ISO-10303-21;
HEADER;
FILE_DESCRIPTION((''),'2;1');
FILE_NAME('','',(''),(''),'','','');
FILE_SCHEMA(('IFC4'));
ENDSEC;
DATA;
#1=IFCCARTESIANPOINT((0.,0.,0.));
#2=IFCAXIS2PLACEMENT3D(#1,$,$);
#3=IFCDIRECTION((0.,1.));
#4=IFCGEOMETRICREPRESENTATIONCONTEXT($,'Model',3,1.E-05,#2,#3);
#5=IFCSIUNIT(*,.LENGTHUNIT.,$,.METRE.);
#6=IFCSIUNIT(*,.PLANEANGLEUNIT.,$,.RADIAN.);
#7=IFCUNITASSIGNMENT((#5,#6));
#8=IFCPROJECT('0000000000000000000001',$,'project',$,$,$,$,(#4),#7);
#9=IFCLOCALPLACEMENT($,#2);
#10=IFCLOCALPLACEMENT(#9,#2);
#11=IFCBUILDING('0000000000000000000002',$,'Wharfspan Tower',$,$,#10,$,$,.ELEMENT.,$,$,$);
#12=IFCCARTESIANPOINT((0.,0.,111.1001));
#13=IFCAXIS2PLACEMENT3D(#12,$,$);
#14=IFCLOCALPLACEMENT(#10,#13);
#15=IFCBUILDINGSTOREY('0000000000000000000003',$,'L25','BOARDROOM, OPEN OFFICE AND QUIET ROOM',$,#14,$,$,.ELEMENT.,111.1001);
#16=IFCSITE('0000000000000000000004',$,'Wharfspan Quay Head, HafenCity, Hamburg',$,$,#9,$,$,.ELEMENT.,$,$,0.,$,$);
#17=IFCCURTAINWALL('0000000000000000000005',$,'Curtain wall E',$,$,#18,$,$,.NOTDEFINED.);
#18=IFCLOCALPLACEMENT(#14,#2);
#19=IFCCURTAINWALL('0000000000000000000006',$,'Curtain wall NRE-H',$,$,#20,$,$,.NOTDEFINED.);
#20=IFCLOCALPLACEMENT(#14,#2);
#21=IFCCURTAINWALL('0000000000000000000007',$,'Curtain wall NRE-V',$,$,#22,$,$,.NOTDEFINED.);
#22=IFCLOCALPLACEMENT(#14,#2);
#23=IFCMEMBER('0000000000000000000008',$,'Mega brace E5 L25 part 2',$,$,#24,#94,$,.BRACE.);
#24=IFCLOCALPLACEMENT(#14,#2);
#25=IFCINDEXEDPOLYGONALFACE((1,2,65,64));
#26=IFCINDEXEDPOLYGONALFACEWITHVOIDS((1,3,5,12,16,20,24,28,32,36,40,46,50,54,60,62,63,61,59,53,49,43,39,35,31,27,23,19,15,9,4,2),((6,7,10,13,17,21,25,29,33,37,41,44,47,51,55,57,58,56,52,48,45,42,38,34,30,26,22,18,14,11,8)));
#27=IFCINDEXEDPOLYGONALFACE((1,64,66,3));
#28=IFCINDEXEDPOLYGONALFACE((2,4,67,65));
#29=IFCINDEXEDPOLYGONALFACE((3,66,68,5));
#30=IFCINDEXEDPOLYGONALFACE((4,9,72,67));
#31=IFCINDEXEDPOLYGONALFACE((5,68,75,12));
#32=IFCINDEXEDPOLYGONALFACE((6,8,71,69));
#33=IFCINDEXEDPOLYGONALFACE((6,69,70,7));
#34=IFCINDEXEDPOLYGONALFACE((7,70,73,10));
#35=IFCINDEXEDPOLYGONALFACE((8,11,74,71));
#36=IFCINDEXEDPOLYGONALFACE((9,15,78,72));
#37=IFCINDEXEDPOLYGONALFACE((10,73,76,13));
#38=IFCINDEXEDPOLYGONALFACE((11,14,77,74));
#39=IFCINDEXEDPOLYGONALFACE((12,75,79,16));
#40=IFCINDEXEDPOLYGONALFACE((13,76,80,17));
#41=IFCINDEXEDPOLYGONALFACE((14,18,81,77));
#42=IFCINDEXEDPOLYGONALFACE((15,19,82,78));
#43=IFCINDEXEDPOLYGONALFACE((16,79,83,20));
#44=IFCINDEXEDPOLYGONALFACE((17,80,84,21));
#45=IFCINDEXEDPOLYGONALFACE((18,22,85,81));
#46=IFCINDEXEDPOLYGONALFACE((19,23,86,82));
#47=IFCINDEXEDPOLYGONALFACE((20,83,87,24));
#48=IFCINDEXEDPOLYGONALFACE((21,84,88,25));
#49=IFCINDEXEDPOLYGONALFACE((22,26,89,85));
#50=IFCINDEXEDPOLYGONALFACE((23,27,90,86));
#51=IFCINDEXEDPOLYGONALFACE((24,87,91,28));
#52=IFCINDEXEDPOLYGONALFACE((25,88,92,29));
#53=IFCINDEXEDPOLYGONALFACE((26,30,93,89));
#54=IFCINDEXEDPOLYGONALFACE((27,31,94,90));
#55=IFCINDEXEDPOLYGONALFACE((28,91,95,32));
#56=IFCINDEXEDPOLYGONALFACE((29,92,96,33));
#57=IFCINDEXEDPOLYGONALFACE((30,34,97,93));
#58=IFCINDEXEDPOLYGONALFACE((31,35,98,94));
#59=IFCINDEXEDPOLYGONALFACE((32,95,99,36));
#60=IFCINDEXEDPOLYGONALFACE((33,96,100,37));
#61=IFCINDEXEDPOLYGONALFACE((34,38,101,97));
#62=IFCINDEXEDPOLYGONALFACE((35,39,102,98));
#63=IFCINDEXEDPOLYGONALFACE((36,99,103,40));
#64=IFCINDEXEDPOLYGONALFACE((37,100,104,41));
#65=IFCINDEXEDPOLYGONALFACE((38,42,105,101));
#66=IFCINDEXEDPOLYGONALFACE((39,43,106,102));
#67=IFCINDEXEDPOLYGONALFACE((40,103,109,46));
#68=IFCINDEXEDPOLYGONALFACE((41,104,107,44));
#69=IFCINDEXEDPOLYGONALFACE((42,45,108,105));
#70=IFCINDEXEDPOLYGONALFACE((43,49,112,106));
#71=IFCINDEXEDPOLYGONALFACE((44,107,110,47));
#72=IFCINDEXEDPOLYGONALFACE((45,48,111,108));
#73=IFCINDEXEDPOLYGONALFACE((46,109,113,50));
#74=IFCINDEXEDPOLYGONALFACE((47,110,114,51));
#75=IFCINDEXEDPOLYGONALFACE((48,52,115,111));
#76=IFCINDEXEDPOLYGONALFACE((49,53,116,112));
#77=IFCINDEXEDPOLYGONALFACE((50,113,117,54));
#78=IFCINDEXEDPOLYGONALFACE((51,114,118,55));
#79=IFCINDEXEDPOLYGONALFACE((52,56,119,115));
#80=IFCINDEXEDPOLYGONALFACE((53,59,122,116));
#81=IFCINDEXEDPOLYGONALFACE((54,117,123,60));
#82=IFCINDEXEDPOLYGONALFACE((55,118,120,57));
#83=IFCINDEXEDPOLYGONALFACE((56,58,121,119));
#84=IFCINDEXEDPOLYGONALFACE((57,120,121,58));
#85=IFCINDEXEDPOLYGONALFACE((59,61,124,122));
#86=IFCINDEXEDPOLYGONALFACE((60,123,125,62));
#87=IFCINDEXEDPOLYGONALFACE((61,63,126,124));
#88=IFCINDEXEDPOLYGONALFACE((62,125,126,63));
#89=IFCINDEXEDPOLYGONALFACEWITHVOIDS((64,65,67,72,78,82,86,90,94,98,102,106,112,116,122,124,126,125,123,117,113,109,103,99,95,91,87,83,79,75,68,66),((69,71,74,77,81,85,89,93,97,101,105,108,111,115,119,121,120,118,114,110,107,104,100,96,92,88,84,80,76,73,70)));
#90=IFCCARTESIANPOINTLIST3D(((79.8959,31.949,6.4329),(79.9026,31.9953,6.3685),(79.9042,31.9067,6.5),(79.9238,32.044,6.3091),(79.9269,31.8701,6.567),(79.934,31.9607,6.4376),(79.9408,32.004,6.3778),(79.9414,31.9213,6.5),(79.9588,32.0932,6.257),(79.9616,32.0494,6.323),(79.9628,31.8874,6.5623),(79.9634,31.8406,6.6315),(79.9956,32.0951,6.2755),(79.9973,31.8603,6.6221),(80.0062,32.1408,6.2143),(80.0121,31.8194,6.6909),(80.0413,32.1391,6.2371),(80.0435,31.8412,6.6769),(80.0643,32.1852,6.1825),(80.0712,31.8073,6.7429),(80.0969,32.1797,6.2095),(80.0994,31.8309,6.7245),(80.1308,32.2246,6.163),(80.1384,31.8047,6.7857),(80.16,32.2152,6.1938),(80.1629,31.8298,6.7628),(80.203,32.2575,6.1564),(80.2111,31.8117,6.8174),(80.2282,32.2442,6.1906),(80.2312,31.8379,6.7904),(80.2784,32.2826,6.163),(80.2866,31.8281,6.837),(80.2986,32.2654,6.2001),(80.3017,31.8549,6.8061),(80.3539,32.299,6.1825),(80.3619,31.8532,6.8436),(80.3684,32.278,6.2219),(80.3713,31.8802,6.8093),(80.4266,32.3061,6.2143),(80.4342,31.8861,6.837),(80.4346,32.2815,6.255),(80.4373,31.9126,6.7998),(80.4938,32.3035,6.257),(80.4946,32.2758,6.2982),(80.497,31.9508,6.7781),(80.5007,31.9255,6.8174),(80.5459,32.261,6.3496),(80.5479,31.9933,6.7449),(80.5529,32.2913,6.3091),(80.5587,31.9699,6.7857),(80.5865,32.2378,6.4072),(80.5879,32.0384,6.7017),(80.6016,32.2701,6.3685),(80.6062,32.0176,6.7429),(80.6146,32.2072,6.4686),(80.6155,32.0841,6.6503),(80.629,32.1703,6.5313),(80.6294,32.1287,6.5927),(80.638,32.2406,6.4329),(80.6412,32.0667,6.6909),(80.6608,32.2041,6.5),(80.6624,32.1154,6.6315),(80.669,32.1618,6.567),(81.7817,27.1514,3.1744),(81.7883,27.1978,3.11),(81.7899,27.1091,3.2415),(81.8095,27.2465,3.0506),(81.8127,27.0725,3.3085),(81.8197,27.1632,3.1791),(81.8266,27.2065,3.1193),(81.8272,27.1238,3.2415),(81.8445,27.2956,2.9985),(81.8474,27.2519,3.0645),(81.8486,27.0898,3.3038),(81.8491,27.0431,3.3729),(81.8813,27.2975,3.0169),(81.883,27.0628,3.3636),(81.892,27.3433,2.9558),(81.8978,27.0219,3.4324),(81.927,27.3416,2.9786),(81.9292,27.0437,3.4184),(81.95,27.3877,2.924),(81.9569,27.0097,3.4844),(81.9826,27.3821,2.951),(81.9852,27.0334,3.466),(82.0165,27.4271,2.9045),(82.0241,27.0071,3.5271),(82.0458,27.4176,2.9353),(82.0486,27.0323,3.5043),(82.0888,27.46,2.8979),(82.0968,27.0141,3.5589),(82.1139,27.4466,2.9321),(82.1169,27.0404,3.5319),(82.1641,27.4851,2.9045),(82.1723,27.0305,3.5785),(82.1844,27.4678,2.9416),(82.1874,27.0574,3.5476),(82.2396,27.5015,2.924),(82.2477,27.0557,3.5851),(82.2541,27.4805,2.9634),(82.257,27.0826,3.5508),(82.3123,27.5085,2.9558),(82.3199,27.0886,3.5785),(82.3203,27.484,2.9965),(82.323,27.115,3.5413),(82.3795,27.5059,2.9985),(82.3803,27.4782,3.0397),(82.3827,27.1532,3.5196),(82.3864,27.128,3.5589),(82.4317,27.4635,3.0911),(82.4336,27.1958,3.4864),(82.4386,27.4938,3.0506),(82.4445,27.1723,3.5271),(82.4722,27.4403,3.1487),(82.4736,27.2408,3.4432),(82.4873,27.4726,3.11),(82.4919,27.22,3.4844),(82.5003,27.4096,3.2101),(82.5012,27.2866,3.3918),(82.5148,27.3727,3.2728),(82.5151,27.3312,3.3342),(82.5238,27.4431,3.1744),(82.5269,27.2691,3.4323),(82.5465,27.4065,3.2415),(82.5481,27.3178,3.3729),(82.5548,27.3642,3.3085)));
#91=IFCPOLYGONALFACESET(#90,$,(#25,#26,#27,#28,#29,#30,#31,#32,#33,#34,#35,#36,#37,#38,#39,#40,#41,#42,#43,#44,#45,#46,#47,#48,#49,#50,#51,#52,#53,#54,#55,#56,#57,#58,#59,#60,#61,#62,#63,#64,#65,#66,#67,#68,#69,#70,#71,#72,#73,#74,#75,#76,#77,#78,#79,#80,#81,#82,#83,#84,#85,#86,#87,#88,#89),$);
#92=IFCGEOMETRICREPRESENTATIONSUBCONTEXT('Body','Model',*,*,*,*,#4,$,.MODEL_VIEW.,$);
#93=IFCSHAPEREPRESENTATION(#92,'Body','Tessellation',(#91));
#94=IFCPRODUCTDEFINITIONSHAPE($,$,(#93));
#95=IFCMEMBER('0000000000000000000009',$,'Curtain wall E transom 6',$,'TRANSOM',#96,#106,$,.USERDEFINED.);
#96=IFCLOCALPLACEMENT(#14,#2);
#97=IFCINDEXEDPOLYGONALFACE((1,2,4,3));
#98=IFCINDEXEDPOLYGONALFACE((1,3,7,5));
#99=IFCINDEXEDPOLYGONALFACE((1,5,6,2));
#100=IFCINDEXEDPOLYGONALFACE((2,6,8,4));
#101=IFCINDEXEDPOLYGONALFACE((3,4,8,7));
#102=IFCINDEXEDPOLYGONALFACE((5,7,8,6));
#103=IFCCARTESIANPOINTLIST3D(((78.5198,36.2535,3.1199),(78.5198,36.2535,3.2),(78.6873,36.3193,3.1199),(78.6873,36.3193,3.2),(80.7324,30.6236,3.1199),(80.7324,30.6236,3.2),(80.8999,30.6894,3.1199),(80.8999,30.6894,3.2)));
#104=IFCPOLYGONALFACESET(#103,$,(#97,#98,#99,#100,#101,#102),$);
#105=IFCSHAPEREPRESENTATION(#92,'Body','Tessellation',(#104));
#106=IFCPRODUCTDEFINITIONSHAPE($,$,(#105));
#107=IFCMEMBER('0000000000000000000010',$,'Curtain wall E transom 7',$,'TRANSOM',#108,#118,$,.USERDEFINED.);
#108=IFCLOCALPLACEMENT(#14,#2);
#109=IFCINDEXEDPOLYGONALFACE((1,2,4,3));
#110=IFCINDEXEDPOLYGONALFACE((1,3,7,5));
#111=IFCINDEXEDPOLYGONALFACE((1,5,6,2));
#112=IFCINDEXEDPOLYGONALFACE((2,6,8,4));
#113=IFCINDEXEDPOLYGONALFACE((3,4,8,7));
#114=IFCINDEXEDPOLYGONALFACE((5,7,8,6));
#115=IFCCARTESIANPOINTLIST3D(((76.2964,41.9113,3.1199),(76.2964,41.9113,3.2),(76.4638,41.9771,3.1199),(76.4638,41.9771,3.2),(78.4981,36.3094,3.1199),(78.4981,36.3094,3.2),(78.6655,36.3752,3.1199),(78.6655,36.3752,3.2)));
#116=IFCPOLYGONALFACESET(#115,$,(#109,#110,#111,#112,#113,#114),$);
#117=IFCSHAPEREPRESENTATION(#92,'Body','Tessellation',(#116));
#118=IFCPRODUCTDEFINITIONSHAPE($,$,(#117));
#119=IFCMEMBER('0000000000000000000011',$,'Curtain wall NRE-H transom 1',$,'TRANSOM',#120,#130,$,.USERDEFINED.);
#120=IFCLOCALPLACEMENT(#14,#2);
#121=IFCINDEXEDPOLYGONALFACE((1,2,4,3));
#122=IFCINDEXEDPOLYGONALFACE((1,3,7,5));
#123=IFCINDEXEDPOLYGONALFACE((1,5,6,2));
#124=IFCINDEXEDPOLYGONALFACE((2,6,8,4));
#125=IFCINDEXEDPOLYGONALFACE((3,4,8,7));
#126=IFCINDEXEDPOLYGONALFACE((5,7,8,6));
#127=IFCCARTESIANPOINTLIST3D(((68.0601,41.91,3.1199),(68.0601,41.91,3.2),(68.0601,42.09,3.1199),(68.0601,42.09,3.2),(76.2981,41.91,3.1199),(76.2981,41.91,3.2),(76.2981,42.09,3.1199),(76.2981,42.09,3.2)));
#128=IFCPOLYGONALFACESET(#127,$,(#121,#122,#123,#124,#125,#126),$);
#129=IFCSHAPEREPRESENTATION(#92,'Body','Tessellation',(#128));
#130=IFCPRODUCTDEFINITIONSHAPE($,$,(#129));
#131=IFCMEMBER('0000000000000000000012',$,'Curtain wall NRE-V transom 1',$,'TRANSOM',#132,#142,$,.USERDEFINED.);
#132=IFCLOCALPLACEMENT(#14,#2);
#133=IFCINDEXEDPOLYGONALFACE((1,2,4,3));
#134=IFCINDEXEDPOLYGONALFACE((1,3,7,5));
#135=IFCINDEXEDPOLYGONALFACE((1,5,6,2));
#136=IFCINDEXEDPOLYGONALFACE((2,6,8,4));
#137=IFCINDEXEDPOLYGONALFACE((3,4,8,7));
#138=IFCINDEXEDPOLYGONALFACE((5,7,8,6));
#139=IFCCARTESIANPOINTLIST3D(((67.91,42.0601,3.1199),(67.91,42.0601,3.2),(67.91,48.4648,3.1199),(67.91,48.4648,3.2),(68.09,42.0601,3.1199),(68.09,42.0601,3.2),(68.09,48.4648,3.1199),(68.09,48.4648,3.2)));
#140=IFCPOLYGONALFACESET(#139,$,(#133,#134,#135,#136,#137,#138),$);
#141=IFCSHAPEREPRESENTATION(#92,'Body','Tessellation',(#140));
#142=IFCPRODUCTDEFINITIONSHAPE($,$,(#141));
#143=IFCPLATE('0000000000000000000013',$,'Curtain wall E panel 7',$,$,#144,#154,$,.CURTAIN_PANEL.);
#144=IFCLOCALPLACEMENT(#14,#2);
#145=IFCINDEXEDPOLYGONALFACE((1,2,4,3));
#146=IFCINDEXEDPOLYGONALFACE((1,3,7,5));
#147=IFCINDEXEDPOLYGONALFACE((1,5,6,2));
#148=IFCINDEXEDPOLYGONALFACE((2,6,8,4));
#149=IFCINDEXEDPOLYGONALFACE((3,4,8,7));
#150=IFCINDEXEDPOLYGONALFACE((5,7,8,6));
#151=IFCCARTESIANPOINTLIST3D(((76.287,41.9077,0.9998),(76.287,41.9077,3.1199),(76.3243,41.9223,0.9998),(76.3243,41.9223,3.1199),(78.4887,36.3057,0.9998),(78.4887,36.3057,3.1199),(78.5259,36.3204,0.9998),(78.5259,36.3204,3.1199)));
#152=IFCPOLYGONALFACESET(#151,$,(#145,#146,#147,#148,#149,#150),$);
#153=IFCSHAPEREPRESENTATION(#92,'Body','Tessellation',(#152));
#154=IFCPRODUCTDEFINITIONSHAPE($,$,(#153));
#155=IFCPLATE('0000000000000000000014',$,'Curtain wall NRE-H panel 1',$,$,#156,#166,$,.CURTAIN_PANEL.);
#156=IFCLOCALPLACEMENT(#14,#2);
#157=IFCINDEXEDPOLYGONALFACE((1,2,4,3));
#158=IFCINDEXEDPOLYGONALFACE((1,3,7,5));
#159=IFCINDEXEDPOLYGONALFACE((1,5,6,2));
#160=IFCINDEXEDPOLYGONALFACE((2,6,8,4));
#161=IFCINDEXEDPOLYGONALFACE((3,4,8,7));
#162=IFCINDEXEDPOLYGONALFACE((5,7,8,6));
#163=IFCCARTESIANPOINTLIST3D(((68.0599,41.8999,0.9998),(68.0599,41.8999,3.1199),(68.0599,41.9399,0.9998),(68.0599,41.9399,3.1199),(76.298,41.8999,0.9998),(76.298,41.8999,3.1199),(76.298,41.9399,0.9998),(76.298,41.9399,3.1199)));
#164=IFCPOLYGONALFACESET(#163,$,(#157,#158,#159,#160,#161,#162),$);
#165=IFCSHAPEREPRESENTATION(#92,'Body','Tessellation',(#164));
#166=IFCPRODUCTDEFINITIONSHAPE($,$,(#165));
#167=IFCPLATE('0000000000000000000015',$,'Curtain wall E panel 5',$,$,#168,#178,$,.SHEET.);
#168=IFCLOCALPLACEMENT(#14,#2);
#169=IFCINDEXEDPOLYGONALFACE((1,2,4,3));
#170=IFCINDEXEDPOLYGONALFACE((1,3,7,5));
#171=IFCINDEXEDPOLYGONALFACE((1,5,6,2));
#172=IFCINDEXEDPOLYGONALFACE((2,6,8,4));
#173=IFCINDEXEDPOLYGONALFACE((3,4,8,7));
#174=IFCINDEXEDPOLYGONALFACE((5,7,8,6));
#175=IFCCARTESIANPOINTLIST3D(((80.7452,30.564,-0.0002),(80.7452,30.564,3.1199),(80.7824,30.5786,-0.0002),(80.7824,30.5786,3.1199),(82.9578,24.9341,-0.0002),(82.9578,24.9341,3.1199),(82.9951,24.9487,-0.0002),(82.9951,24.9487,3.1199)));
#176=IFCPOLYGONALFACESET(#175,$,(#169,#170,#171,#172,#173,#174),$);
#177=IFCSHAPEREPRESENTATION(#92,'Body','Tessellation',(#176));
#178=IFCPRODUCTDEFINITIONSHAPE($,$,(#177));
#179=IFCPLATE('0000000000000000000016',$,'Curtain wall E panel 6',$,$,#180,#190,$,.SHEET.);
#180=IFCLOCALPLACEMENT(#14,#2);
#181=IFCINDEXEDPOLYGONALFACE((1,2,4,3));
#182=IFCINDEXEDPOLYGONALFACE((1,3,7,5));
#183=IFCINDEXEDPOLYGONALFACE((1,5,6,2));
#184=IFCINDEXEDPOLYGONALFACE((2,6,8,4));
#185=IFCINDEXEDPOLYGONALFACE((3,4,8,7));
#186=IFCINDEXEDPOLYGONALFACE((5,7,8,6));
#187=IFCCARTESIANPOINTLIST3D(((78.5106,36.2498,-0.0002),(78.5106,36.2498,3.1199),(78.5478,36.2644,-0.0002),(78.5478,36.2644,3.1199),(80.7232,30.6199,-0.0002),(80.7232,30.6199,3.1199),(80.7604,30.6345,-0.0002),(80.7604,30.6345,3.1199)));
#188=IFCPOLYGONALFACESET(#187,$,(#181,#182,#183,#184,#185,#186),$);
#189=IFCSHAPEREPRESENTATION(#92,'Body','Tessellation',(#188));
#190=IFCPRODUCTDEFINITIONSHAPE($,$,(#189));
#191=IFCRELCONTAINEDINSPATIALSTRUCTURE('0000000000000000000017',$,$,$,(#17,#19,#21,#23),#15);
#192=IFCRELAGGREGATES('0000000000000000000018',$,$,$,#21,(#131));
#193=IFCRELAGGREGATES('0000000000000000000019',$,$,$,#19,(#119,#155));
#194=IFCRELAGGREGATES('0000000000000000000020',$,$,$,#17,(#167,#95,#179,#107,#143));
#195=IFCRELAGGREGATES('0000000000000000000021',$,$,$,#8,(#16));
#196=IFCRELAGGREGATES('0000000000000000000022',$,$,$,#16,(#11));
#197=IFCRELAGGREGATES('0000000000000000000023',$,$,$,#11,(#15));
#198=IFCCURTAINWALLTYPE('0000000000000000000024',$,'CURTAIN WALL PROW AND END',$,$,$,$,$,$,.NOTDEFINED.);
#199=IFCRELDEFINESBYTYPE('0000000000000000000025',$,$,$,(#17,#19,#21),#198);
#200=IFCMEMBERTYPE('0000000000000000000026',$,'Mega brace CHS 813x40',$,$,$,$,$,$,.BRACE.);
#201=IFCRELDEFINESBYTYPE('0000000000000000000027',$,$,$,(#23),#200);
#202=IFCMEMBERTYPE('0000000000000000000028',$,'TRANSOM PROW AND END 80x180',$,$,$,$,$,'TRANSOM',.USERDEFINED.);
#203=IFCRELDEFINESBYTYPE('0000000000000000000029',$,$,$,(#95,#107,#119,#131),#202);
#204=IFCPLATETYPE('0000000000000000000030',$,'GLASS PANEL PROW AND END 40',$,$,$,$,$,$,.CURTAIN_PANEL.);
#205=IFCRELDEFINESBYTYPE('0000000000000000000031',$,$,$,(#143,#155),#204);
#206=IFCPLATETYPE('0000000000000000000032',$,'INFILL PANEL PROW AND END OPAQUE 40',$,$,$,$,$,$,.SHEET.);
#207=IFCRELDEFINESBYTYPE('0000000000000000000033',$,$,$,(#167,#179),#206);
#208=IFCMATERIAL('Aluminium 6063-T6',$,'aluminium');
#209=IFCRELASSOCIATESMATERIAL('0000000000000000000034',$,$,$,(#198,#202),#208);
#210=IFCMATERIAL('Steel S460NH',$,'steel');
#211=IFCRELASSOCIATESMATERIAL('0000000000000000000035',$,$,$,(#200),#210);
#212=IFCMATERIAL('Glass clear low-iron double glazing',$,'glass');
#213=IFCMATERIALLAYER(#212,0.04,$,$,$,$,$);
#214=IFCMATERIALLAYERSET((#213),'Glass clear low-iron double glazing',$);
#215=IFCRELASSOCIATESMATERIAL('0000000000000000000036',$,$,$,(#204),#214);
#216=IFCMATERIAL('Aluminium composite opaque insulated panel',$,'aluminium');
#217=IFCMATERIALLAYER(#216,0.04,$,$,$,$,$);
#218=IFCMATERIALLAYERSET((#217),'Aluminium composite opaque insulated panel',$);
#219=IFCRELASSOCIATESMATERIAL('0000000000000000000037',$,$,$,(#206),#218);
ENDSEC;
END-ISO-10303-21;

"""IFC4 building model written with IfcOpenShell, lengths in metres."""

from ifc_helpers import new_model, si_unit, direction, frame, origin, origin_2d, place, context, subcontext, project, spatial, rectangle, hollow_circle, extrude, material, layer, layer_set, material_profile, profile_set, type_object, element, aggregate, save


model = new_model("IFC4")

# Units and contexts
model_context = context("Model", 3, precision=1e-05, world=origin(), true_north=direction((0.0, 1.0)))
body_context = subcontext(model_context, "Body", "Model", "MODEL_VIEW")
ifc_project = project(units=[si_unit("LENGTHUNIT", "METRE"), si_unit("PLANEANGLEUNIT", "RADIAN")], contexts=[model_context])

# Site, building, storey
site_placement = place(None, origin())
site = spatial("IfcSite", under=ifc_project, at=site_placement, Name="Wharfspan Quay Head, HafenCity, Hamburg", CompositionType="ELEMENT", RefElevation=0.0)
building_placement = place(site_placement, origin())
building = spatial("IfcBuilding", under=site, at=building_placement, Name="Wharfspan Tower", CompositionType="ELEMENT")
storey_placement = place(building_placement, frame((0.0, 0.0, 111.1001)))
storey = spatial("IfcBuildingStorey", under=building, at=storey_placement, Name="L25", Description="BOARDROOM, OPEN OFFICE AND QUIET ROOM", CompositionType="ELEMENT", Elevation=111.1001)

# Curtain walls
ifc_material_1 = material(Name="Aluminium 6063-T6", Category="aluminium")
curtain_wall_type = type_object("IfcCurtainWallType", Name="CURTAIN WALL PROW AND END", PredefinedType="NOTDEFINED", material=ifc_material_1)
curtain_wall_1_placement = place(storey_placement, origin())
curtain_wall_1 = element("IfcCurtainWall", 1, at=curtain_wall_1_placement, inside=storey, type_object=curtain_wall_type, Name="Curtain wall E", PredefinedType="NOTDEFINED")
curtain_wall_2_placement = place(storey_placement, origin())
curtain_wall_2 = element("IfcCurtainWall", 2, at=curtain_wall_2_placement, inside=storey, type_object=curtain_wall_type, Name="Curtain wall NRE-H", PredefinedType="NOTDEFINED")

# Curtain wall
curtain_wall_3_placement = place(storey_placement, origin())
curtain_wall_3 = element("IfcCurtainWall", 3, at=curtain_wall_3_placement, inside=storey, type_object=curtain_wall_type, Name="Curtain wall NRE-V", PredefinedType="NOTDEFINED")

# Members
ifc_material_2 = material(Name="Steel S460NH", Category="steel")
ifc_material_profile_1 = material_profile(ifc_material_2, hollow_circle(Radius=0.4065, WallThickness=0.04, at=origin_2d()))
ifc_profile_set_1 = profile_set([ifc_material_profile_1], Name="Steel S460NH")
member_type_1 = type_object("IfcMemberType", Name="Mega brace CHS 813x40", PredefinedType="BRACE", material=ifc_profile_set_1)
member_1_placement = place(storey_placement, frame((82.1682, 27.2578, 3.2415), z_axis=(-0.309216, 0.786692, 0.534323), x_axis=(-0.93069, -0.365817, 0.000002)))
element("IfcMember", 4, at=member_1_placement, inside=storey, type_object=member_type_1, Name="Mega brace E5 L25 part 2", PredefinedType="BRACE", context=body_context, shape_type="SweptSolid", body=[
    extrude(hollow_circle(Radius=0.4065, WallThickness=0.04, at=origin_2d()), origin(), (0.0, 0.0, 1.0), 6.0984),
])
ifc_material_profile_2 = material_profile(ifc_material_1, rectangle(XDim=0.1799, YDim=0.0801, at=origin_2d()))
ifc_profile_set_2 = profile_set([ifc_material_profile_2], Name="Aluminium 6063-T6")
member_type_2 = type_object("IfcMemberType", Name="TRANSOM PROW AND END 80x180", ElementType="TRANSOM", PredefinedType="USERDEFINED", material=ifc_profile_set_2)
member_2_placement = place(storey_placement, frame((80.8162, 30.6565, 3.1599), z_axis=(-0.365782, 0.9307, 0.0), x_axis=(-0.9307, -0.365782, 0.0)))
member_2 = element("IfcMember", 5, at=member_2_placement, type_object=member_type_2, Name="Curtain wall E transom 6", ObjectType="TRANSOM", PredefinedType="USERDEFINED", context=body_context, shape_type="SweptSolid", body=[
    extrude(rectangle(XDim=0.1799, YDim=0.0801, at=origin_2d()), origin(), (0.0, 0.0, 1.0), 6.0491),
])
member_3_placement = place(storey_placement, frame((78.5818, 36.3423, 3.1599), z_axis=(-0.365789, 0.930698, 0.0), x_axis=(-0.930698, -0.365789, 0.0)))
member_3 = element("IfcMember", 6, at=member_3_placement, type_object=member_type_2, Name="Curtain wall E transom 7", ObjectType="TRANSOM", PredefinedType="USERDEFINED", context=body_context, shape_type="SweptSolid", body=[
    extrude(rectangle(XDim=0.1799, YDim=0.0801, at=origin_2d()), origin(), (0.0, 0.0, 1.0), 6.019),
])
member_4_placement = place(storey_placement, frame((76.2981, 42.0, 3.1599), z_axis=(-1.0, 0.0, 0.0), x_axis=(0.0, -1.0, 0.0)))
member_4 = element("IfcMember", 7, at=member_4_placement, type_object=member_type_2, Name="Curtain wall NRE-H transom 1", ObjectType="TRANSOM", PredefinedType="USERDEFINED", context=body_context, shape_type="SweptSolid", body=[
    extrude(rectangle(XDim=0.1799, YDim=0.0801, at=origin_2d()), origin(), (0.0, 0.0, 1.0), 8.238),
])
member_5_placement = place(storey_placement, frame((68.0, 42.0601, 3.1599), z_axis=(0.0, 1.0, 0.0), x_axis=(-1.0, 0.0, 0.0)))
member_5 = element("IfcMember", 8, at=member_5_placement, type_object=member_type_2, Name="Curtain wall NRE-V transom 1", ObjectType="TRANSOM", PredefinedType="USERDEFINED", context=body_context, shape_type="SweptSolid", body=[
    extrude(rectangle(XDim=0.1799, YDim=0.0801, at=origin_2d()), origin(), (0.0, 0.0, 1.0), 6.4048),
])
aggregate(curtain_wall_3, [member_5])

# Plates
ifc_material_3 = material(Name="Glass clear low-iron double glazing", Category="glass")
ifc_layer_1 = layer(ifc_material_3, 0.04)
ifc_layer_set_1 = layer_set([ifc_layer_1], Name="Glass clear low-iron double glazing")
plate_type_1 = type_object("IfcPlateType", Name="GLASS PANEL PROW AND END 40", PredefinedType="CURTAIN_PANEL", material=ifc_layer_set_1)
plate_1_placement = place(storey_placement, frame((77.4065, 39.114, 0.9998), z_axis=(0.0, 0.0, 1.0), x_axis=(-0.365778, 0.930702, 0.0)))
plate_1 = element("IfcPlate", 9, at=plate_1_placement, type_object=plate_type_1, Name="Curtain wall E panel 7", PredefinedType="CURTAIN_PANEL", context=body_context, shape_type="SweptSolid", body=[
    extrude(rectangle(XDim=6.019, YDim=0.04, at=origin_2d()), origin(), (0.0, 0.0, 1.0), 2.1201),
])
plate_2_placement = place(storey_placement, frame((72.179, 41.9199, 0.9998), z_axis=(0.0, 0.0, 1.0), x_axis=(-1.0, 0.0, 0.0)))
plate_2 = element("IfcPlate", 10, at=plate_2_placement, type_object=plate_type_1, Name="Curtain wall NRE-H panel 1", PredefinedType="CURTAIN_PANEL", context=body_context, shape_type="SweptSolid", body=[
    extrude(rectangle(XDim=8.238, YDim=0.04, at=origin_2d()), origin(), (0.0, 0.0, 1.0), 2.1201),
])
aggregate(curtain_wall_2, [member_4, plate_2])
ifc_material_4 = material(Name="Aluminium composite opaque insulated panel", Category="aluminium")
ifc_layer_2 = layer(ifc_material_4, 0.04)
ifc_layer_set_2 = layer_set([ifc_layer_2], Name="Aluminium composite opaque insulated panel")
plate_type_2 = type_object("IfcPlateType", Name="INFILL PANEL PROW AND END OPAQUE 40", PredefinedType="SHEET", material=ifc_layer_set_2)
plate_3_placement = place(storey_placement, frame((81.8701, 27.7563, -0.0002), z_axis=(0.0, 0.0, 1.0), x_axis=(-0.365778, 0.930702, 0.0)))
plate_3 = element("IfcPlate", 11, at=plate_3_placement, type_object=plate_type_2, Name="Curtain wall E panel 5", PredefinedType="SHEET", context=body_context, shape_type="SweptSolid", body=[
    extrude(rectangle(XDim=6.0491, YDim=0.04, at=origin_2d()), origin(), (0.0, 0.0, 1.0), 3.1201),
])
plate_4_placement = place(storey_placement, frame((79.6355, 33.4421, -0.0002), z_axis=(0.0, 0.0, 1.0), x_axis=(-0.365778, 0.930702, 0.0)))
plate_4 = element("IfcPlate", 12, at=plate_4_placement, type_object=plate_type_2, Name="Curtain wall E panel 6", PredefinedType="SHEET", context=body_context, shape_type="SweptSolid", body=[
    extrude(rectangle(XDim=6.0491, YDim=0.04, at=origin_2d()), origin(), (0.0, 0.0, 1.0), 3.1201),
])
aggregate(curtain_wall_1, [plate_3, member_2, plate_4, member_3, plate_1])

save(model, "model.ifc")
